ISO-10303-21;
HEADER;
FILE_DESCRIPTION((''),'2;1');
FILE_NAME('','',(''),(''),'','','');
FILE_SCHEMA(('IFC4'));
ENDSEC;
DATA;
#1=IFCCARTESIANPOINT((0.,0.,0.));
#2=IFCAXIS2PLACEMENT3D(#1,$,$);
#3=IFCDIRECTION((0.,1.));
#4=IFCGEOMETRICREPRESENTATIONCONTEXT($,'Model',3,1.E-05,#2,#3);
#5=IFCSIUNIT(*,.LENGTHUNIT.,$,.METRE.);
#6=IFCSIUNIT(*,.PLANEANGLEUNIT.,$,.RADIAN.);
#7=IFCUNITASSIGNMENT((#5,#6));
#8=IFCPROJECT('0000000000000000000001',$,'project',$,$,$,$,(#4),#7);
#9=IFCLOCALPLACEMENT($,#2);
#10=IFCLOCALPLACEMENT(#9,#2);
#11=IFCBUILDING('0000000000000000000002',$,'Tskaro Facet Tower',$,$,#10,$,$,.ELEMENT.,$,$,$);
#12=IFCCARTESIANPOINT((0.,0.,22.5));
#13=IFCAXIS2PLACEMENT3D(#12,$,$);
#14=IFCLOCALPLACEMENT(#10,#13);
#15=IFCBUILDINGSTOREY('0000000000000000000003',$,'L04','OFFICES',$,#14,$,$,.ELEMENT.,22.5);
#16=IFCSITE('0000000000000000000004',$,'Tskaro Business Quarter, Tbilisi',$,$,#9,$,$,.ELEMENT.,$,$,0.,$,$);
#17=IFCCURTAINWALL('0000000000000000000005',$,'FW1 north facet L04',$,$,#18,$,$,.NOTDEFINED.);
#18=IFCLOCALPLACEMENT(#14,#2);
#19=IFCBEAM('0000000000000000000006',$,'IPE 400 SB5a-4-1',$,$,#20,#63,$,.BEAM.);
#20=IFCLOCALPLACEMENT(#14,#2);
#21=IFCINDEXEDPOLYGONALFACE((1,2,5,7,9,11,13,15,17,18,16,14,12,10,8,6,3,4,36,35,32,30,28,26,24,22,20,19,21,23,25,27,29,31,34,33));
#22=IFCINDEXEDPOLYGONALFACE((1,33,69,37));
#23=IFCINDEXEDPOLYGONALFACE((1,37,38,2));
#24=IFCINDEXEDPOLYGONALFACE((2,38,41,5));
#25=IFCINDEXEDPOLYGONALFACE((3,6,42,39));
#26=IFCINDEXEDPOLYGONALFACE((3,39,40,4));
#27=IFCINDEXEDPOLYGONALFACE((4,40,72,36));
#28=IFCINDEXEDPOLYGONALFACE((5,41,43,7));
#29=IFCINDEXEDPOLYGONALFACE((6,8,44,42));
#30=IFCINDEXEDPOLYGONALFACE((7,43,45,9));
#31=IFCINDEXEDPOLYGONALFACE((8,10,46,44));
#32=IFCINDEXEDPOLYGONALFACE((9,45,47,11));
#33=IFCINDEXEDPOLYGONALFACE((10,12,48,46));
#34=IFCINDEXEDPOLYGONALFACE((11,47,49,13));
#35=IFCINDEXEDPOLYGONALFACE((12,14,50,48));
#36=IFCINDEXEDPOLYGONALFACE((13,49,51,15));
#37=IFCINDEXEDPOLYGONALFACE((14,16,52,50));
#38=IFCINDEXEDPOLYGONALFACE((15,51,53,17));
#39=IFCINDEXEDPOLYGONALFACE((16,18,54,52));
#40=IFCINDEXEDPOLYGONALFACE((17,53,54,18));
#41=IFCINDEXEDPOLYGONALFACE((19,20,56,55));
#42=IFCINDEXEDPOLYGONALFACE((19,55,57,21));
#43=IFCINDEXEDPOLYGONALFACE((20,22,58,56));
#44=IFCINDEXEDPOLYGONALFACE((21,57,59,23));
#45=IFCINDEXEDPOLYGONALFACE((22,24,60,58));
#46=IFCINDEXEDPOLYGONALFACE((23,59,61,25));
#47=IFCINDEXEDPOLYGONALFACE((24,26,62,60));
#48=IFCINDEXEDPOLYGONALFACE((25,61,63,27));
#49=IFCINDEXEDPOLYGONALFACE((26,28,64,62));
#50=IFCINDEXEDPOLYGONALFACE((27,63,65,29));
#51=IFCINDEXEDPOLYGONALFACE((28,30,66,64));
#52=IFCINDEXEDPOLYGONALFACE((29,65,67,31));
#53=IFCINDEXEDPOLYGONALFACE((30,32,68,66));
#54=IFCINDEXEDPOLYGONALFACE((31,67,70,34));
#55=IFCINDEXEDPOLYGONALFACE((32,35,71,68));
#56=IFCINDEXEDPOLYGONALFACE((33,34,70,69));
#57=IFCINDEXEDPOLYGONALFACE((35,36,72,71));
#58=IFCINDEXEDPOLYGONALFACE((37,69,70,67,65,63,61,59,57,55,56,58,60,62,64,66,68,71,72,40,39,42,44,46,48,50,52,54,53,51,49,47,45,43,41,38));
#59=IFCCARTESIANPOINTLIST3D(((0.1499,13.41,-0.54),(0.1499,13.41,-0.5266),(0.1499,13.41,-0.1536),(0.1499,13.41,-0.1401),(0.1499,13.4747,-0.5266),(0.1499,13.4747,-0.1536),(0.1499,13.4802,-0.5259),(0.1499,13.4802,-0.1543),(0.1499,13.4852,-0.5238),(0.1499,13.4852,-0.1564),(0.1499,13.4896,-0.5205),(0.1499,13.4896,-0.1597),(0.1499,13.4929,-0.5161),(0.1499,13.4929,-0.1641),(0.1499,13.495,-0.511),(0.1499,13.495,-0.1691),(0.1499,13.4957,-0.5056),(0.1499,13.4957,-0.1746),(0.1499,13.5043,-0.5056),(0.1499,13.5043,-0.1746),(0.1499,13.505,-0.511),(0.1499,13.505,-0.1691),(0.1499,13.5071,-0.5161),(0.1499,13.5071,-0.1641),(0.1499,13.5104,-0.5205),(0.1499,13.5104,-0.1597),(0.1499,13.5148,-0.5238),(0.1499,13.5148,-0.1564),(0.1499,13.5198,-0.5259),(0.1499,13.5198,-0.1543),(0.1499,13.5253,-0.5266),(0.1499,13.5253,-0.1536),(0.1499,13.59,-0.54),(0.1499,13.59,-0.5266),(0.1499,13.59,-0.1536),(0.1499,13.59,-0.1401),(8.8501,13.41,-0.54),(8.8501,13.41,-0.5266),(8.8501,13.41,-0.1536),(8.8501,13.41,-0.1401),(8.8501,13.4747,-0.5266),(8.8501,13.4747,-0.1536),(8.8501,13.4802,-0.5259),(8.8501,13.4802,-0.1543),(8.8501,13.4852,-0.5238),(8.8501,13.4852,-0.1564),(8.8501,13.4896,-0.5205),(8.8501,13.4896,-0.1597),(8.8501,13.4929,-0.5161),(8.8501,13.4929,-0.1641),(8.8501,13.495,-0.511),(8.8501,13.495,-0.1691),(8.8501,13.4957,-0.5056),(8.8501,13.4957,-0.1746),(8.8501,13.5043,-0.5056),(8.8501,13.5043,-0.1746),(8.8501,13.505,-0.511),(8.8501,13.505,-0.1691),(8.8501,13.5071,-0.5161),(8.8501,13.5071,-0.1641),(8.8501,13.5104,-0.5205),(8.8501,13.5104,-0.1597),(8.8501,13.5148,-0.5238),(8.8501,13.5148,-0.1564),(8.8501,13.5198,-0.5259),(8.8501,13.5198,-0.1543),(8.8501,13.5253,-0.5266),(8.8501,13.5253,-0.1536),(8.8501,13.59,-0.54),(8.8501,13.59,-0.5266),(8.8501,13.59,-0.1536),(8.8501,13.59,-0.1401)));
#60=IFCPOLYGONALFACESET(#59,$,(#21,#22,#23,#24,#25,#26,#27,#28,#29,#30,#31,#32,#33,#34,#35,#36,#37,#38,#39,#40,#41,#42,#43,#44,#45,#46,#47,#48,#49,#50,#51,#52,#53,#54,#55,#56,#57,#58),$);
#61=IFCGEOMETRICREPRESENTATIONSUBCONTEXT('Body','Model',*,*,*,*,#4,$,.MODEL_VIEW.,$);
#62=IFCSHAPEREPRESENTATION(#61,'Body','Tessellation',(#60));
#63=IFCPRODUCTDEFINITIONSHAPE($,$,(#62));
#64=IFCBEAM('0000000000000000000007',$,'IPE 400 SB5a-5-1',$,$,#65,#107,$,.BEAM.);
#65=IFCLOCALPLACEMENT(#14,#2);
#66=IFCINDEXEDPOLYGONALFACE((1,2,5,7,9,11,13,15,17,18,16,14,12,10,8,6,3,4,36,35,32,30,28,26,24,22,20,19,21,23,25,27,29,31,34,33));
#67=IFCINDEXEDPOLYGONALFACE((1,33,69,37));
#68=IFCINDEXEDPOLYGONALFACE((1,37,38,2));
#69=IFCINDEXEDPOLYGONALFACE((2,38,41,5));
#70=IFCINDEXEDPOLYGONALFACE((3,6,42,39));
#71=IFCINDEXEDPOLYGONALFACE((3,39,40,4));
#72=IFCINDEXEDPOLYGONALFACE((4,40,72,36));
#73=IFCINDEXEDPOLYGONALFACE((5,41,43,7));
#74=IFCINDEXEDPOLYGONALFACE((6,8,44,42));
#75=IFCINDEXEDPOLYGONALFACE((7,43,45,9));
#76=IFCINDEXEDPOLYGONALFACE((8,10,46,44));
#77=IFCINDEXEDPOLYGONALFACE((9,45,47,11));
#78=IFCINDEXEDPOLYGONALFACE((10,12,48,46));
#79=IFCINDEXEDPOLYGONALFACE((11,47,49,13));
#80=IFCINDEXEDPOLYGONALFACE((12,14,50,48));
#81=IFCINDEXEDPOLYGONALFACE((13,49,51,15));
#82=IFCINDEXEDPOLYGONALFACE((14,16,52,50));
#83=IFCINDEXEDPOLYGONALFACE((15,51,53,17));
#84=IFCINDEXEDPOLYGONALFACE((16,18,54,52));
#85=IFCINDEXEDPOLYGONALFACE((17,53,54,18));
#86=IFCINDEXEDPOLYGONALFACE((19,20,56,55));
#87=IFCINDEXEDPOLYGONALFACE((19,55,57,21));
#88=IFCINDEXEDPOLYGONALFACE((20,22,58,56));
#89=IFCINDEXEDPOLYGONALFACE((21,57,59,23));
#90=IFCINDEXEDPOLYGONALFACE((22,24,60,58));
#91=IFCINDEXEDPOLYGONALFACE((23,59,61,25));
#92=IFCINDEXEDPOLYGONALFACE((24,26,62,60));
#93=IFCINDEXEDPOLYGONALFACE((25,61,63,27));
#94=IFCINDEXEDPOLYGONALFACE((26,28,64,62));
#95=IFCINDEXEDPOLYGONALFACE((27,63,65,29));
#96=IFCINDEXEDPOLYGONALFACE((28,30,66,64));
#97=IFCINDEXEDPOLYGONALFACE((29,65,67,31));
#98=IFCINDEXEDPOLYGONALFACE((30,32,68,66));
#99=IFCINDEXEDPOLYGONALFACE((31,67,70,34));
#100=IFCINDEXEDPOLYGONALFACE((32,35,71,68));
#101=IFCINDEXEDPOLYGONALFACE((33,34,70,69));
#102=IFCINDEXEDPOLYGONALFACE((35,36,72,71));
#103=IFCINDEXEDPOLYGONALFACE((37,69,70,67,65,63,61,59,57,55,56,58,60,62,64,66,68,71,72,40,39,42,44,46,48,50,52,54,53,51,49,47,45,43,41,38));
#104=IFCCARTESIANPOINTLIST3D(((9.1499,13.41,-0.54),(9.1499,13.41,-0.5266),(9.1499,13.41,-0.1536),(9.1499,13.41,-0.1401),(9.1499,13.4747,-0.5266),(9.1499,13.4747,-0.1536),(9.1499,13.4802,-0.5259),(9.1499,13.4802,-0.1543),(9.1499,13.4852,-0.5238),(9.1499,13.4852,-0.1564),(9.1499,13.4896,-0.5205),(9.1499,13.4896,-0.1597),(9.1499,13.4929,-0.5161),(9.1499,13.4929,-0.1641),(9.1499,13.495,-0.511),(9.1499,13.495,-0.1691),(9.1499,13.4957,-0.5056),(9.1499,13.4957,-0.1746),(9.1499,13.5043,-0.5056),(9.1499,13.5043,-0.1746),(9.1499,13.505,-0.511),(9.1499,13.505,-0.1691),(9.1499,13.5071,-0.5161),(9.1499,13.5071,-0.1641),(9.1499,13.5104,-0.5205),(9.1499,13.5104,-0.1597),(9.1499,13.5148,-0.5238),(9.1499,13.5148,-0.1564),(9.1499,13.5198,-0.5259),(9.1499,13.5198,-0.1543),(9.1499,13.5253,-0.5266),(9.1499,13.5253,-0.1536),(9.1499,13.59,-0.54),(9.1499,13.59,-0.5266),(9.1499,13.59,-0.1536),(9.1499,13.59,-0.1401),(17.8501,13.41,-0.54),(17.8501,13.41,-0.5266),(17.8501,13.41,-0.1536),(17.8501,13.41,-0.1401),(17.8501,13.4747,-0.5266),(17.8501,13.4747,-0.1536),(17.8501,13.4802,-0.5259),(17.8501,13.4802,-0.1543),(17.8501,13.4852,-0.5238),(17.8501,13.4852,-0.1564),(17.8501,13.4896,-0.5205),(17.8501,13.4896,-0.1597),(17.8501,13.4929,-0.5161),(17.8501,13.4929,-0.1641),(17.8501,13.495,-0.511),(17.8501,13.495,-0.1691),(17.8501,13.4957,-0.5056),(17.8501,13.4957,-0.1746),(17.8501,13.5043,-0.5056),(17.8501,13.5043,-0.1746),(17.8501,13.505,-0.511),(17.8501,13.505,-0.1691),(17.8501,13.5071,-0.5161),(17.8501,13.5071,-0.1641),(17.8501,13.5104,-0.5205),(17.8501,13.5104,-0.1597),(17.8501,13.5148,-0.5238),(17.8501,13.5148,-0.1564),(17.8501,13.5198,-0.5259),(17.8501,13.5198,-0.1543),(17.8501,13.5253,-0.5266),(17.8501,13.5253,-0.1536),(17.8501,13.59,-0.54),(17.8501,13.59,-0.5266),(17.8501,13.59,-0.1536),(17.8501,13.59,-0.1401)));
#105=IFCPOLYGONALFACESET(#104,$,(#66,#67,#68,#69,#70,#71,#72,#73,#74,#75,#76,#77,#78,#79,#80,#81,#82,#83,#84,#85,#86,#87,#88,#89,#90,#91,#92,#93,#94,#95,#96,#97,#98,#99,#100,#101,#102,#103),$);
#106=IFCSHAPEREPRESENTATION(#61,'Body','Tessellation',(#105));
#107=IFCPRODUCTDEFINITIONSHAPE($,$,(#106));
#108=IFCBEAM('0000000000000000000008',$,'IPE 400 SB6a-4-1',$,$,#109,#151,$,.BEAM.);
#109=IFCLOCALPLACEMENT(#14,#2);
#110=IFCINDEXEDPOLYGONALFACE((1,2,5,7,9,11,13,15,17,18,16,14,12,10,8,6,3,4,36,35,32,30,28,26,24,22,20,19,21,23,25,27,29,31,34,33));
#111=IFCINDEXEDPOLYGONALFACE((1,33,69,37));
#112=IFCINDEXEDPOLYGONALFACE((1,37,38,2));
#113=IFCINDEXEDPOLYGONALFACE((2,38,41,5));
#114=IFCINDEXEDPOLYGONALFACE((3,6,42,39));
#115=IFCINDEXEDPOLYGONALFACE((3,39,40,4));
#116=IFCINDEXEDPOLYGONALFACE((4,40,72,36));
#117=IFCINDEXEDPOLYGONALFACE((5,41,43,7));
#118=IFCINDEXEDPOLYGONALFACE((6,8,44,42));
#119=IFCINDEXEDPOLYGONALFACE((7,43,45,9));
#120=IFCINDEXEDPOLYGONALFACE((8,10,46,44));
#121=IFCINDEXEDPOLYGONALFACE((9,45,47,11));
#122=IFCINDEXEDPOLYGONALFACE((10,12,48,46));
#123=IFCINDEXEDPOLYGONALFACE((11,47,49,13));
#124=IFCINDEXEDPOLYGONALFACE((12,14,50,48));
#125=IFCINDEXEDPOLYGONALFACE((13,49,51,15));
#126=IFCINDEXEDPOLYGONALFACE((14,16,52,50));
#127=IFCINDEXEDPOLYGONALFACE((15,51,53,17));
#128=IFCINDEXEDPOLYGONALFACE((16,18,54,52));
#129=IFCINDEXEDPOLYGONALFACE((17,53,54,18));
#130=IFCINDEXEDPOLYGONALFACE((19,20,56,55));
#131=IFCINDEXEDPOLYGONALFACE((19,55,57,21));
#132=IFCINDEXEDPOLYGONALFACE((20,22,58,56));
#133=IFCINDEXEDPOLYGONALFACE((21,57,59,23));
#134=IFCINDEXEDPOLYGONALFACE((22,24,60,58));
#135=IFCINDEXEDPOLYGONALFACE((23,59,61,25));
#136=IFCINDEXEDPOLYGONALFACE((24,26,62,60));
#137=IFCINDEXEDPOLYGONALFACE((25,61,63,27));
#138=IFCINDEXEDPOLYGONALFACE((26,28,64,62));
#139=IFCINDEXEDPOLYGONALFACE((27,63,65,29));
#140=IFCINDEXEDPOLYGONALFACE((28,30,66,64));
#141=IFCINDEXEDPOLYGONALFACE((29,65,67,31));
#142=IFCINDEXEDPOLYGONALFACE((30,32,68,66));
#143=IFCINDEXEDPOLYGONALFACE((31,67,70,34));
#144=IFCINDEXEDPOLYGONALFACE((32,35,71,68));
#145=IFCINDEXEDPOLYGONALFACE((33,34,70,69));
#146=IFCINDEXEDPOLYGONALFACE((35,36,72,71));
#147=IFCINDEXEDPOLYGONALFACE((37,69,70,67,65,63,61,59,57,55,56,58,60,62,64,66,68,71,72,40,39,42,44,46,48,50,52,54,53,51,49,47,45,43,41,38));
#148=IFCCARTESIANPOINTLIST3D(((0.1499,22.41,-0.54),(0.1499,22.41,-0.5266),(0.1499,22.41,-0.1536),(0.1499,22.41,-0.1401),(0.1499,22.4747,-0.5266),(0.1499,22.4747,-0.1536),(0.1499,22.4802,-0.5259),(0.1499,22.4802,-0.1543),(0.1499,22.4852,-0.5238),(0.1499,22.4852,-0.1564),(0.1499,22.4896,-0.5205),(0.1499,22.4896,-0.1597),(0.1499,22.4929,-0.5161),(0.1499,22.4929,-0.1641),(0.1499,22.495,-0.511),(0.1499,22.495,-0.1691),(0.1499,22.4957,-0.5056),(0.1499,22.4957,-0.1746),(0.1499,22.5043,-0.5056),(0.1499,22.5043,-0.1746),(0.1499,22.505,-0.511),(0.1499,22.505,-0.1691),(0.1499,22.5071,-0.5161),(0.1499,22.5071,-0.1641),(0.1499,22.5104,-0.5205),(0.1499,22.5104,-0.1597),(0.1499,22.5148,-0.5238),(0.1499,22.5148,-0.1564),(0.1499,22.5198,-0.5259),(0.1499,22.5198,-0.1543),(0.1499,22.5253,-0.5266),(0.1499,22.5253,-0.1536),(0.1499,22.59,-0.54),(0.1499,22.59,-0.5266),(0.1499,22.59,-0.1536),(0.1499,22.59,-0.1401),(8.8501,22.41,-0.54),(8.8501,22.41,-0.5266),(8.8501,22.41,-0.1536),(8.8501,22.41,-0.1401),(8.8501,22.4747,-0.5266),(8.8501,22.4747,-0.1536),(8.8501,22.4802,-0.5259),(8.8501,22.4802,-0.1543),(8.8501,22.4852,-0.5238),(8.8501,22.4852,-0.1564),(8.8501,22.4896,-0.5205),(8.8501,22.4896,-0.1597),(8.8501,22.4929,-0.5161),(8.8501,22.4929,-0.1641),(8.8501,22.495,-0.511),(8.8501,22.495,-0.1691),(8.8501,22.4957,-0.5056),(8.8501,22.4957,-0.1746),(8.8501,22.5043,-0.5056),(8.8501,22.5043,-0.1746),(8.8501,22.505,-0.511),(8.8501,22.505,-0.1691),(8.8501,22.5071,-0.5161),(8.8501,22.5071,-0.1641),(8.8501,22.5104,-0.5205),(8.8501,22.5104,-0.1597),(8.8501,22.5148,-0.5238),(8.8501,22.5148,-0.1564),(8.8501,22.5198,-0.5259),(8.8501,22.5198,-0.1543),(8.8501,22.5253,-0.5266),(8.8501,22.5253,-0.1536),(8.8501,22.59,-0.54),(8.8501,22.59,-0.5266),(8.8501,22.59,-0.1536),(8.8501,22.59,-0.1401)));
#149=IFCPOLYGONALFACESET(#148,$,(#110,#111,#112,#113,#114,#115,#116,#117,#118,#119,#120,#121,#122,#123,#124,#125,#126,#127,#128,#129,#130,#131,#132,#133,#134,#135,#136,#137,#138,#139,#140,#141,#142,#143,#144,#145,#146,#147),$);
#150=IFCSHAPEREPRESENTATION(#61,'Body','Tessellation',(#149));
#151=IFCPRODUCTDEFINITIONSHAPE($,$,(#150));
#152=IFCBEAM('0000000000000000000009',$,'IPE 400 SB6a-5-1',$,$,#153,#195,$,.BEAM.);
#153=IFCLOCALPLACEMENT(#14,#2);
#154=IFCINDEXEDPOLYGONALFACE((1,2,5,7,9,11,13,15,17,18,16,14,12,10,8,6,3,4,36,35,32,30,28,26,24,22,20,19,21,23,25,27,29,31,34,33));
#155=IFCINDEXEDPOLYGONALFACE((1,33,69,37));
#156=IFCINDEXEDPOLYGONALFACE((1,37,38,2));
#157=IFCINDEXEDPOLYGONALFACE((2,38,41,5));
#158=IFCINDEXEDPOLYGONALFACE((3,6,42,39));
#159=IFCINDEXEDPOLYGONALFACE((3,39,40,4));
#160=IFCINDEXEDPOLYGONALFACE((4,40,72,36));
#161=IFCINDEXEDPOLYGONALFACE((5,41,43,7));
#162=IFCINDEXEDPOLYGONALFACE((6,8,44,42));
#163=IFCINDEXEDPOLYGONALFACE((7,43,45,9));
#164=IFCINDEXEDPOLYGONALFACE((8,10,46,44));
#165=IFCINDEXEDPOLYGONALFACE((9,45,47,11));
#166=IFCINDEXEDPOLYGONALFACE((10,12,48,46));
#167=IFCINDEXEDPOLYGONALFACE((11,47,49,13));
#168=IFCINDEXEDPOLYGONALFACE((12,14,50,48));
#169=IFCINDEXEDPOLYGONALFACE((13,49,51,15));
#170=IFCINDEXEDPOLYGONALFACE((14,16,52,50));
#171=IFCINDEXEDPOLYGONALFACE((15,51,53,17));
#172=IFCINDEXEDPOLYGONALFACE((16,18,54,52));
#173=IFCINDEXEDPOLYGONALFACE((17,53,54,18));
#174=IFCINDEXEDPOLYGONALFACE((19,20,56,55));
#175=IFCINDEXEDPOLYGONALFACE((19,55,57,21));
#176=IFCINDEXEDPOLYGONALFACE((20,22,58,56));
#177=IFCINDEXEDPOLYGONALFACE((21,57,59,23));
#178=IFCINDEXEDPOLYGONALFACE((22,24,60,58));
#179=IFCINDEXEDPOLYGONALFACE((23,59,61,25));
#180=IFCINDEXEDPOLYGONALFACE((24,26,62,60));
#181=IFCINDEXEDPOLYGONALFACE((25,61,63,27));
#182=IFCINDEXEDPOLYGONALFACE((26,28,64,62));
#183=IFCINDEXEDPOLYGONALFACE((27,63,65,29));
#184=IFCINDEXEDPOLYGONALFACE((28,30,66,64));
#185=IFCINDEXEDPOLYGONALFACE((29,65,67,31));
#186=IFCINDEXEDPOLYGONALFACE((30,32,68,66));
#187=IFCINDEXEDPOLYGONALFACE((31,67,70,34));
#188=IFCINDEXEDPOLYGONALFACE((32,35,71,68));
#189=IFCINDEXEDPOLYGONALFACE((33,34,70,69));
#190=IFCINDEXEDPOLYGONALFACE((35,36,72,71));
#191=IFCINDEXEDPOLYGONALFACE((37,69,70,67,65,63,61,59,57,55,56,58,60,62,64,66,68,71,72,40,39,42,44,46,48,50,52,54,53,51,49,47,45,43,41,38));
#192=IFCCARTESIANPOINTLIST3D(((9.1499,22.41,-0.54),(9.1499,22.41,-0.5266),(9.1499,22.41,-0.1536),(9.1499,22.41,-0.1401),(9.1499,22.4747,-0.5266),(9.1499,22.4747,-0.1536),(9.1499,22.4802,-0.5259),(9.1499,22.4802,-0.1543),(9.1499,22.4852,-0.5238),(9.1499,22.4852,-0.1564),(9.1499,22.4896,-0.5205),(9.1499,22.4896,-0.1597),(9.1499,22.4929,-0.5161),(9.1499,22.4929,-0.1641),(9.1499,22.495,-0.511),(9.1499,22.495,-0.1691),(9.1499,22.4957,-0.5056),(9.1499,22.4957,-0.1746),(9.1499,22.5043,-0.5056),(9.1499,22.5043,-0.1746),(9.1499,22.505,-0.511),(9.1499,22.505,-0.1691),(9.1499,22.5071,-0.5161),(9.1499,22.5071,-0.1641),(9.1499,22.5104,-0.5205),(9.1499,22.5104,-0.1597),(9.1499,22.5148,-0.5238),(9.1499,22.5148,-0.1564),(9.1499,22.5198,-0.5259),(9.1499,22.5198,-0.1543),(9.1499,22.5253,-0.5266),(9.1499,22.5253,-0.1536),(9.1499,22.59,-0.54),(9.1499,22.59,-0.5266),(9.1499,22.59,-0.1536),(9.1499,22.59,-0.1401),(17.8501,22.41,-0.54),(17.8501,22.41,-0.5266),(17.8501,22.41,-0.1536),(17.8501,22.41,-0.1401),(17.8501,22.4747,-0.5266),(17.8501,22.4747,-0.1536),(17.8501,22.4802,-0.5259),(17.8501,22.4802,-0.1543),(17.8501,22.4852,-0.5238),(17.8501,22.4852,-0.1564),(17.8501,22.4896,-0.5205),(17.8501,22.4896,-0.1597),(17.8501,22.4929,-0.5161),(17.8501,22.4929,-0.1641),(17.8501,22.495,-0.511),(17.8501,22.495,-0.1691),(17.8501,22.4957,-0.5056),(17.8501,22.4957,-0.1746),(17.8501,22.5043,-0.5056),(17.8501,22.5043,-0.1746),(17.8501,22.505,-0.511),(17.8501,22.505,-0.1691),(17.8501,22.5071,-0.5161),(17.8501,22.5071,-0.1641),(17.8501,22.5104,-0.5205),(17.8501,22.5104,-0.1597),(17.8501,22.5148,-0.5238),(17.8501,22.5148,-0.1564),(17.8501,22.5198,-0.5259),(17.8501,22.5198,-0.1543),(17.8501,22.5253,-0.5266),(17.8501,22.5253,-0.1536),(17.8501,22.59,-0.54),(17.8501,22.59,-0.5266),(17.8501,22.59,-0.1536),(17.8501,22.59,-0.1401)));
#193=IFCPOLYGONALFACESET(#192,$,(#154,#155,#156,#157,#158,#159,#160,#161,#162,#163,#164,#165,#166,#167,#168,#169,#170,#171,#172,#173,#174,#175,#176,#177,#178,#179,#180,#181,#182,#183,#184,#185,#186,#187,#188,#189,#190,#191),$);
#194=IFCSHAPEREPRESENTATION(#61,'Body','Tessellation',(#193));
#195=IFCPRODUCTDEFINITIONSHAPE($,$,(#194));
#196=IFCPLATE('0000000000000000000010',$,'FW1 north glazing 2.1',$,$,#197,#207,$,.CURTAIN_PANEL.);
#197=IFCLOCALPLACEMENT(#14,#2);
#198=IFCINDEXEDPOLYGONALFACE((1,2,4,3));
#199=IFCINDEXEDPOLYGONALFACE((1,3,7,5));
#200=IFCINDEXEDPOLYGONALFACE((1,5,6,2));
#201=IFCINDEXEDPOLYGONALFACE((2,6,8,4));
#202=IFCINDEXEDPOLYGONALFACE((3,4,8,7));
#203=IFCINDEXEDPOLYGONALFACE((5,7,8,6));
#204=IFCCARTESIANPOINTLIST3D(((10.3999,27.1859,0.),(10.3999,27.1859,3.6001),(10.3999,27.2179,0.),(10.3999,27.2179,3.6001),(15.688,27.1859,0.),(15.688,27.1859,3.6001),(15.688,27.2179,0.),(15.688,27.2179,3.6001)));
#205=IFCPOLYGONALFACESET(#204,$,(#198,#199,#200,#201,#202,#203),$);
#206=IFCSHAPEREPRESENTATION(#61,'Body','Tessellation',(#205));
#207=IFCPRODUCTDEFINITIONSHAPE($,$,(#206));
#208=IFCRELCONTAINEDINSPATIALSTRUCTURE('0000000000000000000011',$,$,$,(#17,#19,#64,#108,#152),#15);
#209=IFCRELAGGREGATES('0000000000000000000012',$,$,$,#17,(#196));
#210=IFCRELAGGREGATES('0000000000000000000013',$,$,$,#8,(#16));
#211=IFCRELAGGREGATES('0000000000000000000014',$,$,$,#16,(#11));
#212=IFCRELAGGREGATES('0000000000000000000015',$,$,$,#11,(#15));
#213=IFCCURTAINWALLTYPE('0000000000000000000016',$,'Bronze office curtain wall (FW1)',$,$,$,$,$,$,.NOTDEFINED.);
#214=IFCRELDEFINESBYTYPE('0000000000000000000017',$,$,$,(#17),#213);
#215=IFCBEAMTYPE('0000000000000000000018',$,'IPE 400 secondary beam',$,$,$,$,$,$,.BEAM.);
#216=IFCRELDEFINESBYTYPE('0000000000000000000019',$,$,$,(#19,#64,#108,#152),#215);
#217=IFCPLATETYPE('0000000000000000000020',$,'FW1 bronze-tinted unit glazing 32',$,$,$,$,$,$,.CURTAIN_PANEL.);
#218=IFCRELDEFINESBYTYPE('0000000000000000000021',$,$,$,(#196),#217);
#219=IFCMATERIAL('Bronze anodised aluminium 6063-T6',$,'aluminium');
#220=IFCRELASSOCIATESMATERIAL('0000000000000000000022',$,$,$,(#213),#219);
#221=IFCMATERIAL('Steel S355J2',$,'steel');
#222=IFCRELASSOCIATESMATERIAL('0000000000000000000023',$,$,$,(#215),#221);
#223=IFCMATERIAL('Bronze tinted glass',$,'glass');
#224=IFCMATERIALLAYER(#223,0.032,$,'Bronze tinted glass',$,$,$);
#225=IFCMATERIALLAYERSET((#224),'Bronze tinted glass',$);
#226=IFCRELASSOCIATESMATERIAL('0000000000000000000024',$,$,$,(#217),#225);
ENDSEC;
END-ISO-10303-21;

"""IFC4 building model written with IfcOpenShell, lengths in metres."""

from ifc_helpers import new_model, si_unit, direction, frame, origin, origin_2d, place, context, subcontext, project, spatial, rectangle, i_section, extrude, material, layer, layer_set, material_profile, profile_set, type_object, element, aggregate, save


model = new_model("IFC4")

# Units and contexts
model_context = context("Model", 3, precision=1e-05, world=origin(), true_north=direction((0.0, 1.0)))
body_context = subcontext(model_context, "Body", "Model", "MODEL_VIEW")
ifc_project = project(units=[si_unit("LENGTHUNIT", "METRE"), si_unit("PLANEANGLEUNIT", "RADIAN")], contexts=[model_context])

# Site, building, storey
site_placement = place(None, origin())
site = spatial("IfcSite", under=ifc_project, at=site_placement, Name="Tskaro Business Quarter, Tbilisi", CompositionType="ELEMENT", RefElevation=0.0)
building_placement = place(site_placement, origin())
building = spatial("IfcBuilding", under=site, at=building_placement, Name="Tskaro Facet Tower", CompositionType="ELEMENT")
storey_placement = place(building_placement, frame((0.0, 0.0, 22.5)))
storey = spatial("IfcBuildingStorey", under=building, at=storey_placement, Name="L04", Description="OFFICES", CompositionType="ELEMENT", Elevation=22.5)

# Curtain wall
ifc_material_1 = material(Name="Bronze anodised aluminium 6063-T6", Category="aluminium")
curtain_wall_type = type_object("IfcCurtainWallType", Name="Bronze office curtain wall (FW1)", PredefinedType="NOTDEFINED", material=ifc_material_1)
curtain_wall_placement = place(storey_placement, origin())
curtain_wall = element("IfcCurtainWall", 1, at=curtain_wall_placement, inside=storey, type_object=curtain_wall_type, Name="FW1 north facet L04", PredefinedType="NOTDEFINED")

# Beams
ifc_material_2 = material(Name="Steel S355J2", Category="steel")
ifc_material_profile_1 = material_profile(ifc_material_2, i_section(OverallWidth=0.1799, OverallDepth=0.3999, WebThickness=0.0085, FlangeThickness=0.0134, FilletRadius=0.021, at=origin_2d()), Name="IPE 400")
ifc_profile_set_1 = profile_set([ifc_material_profile_1], Name="Steel S355J2")
beam_type_1 = type_object("IfcBeamType", Name="IPE 400 secondary beam", PredefinedType="BEAM", material=ifc_profile_set_1)
for number, where, z_axis, x_axis, name in (
    (2, (0.1499, 13.5, -0.3401), (1.0, 0.0, 0.0), (0.0, 1.0, 0.0), "IPE 400 SB5a-4-1"),
    (3, (9.1499, 13.5, -0.3401), (1.0, 0.0, 0.0), (0.0, 1.0, 0.0), "IPE 400 SB5a-5-1"),
    (4, (0.1499, 22.5, -0.3401), (1.0, 0.0, 0.0), (0.0, 1.0, 0.0), "IPE 400 SB6a-4-1"),
    (5, (9.1499, 22.5, -0.3401), (1.0, 0.0, 0.0), (0.0, 1.0, 0.0), "IPE 400 SB6a-5-1"),
):
    element("IfcBeam", number, at=place(storey_placement, frame(where, z_axis=z_axis, x_axis=x_axis)), inside=storey, type_object=beam_type_1, Name=name, PredefinedType="BEAM", context=body_context, shape_type="SweptSolid", body=[
        extrude(i_section(OverallWidth=0.1799, OverallDepth=0.3999, WebThickness=0.0085, FlangeThickness=0.0134, FilletRadius=0.021, at=origin_2d()), origin(), (0.0, 0.0, 1.0), 8.7002),
    ])

# Plate
ifc_material_3 = material(Name="Bronze tinted glass", Category="glass")
ifc_layer_1 = layer(ifc_material_3, 0.032, Name="Bronze tinted glass")
ifc_layer_set_1 = layer_set([ifc_layer_1], Name="Bronze tinted glass")
plate_type = type_object("IfcPlateType", Name="FW1 bronze-tinted unit glazing 32", PredefinedType="CURTAIN_PANEL", material=ifc_layer_set_1)
plate_1_placement = place(storey_placement, frame((13.0439, 27.2019, 0.0), z_axis=(0.0, 0.0, 1.0), x_axis=(-1.0, 0.0, 0.0)))
plate_1 = element("IfcPlate", 6, at=plate_1_placement, type_object=plate_type, Name="FW1 north glazing 2.1", PredefinedType="CURTAIN_PANEL", context=body_context, shape_type="SweptSolid", body=[
    extrude(rectangle(XDim=5.2881, YDim=0.032, at=origin_2d()), origin(), (0.0, 0.0, 1.0), 3.6001),
])
aggregate(curtain_wall, [plate_1])

save(model, "model.ifc")
